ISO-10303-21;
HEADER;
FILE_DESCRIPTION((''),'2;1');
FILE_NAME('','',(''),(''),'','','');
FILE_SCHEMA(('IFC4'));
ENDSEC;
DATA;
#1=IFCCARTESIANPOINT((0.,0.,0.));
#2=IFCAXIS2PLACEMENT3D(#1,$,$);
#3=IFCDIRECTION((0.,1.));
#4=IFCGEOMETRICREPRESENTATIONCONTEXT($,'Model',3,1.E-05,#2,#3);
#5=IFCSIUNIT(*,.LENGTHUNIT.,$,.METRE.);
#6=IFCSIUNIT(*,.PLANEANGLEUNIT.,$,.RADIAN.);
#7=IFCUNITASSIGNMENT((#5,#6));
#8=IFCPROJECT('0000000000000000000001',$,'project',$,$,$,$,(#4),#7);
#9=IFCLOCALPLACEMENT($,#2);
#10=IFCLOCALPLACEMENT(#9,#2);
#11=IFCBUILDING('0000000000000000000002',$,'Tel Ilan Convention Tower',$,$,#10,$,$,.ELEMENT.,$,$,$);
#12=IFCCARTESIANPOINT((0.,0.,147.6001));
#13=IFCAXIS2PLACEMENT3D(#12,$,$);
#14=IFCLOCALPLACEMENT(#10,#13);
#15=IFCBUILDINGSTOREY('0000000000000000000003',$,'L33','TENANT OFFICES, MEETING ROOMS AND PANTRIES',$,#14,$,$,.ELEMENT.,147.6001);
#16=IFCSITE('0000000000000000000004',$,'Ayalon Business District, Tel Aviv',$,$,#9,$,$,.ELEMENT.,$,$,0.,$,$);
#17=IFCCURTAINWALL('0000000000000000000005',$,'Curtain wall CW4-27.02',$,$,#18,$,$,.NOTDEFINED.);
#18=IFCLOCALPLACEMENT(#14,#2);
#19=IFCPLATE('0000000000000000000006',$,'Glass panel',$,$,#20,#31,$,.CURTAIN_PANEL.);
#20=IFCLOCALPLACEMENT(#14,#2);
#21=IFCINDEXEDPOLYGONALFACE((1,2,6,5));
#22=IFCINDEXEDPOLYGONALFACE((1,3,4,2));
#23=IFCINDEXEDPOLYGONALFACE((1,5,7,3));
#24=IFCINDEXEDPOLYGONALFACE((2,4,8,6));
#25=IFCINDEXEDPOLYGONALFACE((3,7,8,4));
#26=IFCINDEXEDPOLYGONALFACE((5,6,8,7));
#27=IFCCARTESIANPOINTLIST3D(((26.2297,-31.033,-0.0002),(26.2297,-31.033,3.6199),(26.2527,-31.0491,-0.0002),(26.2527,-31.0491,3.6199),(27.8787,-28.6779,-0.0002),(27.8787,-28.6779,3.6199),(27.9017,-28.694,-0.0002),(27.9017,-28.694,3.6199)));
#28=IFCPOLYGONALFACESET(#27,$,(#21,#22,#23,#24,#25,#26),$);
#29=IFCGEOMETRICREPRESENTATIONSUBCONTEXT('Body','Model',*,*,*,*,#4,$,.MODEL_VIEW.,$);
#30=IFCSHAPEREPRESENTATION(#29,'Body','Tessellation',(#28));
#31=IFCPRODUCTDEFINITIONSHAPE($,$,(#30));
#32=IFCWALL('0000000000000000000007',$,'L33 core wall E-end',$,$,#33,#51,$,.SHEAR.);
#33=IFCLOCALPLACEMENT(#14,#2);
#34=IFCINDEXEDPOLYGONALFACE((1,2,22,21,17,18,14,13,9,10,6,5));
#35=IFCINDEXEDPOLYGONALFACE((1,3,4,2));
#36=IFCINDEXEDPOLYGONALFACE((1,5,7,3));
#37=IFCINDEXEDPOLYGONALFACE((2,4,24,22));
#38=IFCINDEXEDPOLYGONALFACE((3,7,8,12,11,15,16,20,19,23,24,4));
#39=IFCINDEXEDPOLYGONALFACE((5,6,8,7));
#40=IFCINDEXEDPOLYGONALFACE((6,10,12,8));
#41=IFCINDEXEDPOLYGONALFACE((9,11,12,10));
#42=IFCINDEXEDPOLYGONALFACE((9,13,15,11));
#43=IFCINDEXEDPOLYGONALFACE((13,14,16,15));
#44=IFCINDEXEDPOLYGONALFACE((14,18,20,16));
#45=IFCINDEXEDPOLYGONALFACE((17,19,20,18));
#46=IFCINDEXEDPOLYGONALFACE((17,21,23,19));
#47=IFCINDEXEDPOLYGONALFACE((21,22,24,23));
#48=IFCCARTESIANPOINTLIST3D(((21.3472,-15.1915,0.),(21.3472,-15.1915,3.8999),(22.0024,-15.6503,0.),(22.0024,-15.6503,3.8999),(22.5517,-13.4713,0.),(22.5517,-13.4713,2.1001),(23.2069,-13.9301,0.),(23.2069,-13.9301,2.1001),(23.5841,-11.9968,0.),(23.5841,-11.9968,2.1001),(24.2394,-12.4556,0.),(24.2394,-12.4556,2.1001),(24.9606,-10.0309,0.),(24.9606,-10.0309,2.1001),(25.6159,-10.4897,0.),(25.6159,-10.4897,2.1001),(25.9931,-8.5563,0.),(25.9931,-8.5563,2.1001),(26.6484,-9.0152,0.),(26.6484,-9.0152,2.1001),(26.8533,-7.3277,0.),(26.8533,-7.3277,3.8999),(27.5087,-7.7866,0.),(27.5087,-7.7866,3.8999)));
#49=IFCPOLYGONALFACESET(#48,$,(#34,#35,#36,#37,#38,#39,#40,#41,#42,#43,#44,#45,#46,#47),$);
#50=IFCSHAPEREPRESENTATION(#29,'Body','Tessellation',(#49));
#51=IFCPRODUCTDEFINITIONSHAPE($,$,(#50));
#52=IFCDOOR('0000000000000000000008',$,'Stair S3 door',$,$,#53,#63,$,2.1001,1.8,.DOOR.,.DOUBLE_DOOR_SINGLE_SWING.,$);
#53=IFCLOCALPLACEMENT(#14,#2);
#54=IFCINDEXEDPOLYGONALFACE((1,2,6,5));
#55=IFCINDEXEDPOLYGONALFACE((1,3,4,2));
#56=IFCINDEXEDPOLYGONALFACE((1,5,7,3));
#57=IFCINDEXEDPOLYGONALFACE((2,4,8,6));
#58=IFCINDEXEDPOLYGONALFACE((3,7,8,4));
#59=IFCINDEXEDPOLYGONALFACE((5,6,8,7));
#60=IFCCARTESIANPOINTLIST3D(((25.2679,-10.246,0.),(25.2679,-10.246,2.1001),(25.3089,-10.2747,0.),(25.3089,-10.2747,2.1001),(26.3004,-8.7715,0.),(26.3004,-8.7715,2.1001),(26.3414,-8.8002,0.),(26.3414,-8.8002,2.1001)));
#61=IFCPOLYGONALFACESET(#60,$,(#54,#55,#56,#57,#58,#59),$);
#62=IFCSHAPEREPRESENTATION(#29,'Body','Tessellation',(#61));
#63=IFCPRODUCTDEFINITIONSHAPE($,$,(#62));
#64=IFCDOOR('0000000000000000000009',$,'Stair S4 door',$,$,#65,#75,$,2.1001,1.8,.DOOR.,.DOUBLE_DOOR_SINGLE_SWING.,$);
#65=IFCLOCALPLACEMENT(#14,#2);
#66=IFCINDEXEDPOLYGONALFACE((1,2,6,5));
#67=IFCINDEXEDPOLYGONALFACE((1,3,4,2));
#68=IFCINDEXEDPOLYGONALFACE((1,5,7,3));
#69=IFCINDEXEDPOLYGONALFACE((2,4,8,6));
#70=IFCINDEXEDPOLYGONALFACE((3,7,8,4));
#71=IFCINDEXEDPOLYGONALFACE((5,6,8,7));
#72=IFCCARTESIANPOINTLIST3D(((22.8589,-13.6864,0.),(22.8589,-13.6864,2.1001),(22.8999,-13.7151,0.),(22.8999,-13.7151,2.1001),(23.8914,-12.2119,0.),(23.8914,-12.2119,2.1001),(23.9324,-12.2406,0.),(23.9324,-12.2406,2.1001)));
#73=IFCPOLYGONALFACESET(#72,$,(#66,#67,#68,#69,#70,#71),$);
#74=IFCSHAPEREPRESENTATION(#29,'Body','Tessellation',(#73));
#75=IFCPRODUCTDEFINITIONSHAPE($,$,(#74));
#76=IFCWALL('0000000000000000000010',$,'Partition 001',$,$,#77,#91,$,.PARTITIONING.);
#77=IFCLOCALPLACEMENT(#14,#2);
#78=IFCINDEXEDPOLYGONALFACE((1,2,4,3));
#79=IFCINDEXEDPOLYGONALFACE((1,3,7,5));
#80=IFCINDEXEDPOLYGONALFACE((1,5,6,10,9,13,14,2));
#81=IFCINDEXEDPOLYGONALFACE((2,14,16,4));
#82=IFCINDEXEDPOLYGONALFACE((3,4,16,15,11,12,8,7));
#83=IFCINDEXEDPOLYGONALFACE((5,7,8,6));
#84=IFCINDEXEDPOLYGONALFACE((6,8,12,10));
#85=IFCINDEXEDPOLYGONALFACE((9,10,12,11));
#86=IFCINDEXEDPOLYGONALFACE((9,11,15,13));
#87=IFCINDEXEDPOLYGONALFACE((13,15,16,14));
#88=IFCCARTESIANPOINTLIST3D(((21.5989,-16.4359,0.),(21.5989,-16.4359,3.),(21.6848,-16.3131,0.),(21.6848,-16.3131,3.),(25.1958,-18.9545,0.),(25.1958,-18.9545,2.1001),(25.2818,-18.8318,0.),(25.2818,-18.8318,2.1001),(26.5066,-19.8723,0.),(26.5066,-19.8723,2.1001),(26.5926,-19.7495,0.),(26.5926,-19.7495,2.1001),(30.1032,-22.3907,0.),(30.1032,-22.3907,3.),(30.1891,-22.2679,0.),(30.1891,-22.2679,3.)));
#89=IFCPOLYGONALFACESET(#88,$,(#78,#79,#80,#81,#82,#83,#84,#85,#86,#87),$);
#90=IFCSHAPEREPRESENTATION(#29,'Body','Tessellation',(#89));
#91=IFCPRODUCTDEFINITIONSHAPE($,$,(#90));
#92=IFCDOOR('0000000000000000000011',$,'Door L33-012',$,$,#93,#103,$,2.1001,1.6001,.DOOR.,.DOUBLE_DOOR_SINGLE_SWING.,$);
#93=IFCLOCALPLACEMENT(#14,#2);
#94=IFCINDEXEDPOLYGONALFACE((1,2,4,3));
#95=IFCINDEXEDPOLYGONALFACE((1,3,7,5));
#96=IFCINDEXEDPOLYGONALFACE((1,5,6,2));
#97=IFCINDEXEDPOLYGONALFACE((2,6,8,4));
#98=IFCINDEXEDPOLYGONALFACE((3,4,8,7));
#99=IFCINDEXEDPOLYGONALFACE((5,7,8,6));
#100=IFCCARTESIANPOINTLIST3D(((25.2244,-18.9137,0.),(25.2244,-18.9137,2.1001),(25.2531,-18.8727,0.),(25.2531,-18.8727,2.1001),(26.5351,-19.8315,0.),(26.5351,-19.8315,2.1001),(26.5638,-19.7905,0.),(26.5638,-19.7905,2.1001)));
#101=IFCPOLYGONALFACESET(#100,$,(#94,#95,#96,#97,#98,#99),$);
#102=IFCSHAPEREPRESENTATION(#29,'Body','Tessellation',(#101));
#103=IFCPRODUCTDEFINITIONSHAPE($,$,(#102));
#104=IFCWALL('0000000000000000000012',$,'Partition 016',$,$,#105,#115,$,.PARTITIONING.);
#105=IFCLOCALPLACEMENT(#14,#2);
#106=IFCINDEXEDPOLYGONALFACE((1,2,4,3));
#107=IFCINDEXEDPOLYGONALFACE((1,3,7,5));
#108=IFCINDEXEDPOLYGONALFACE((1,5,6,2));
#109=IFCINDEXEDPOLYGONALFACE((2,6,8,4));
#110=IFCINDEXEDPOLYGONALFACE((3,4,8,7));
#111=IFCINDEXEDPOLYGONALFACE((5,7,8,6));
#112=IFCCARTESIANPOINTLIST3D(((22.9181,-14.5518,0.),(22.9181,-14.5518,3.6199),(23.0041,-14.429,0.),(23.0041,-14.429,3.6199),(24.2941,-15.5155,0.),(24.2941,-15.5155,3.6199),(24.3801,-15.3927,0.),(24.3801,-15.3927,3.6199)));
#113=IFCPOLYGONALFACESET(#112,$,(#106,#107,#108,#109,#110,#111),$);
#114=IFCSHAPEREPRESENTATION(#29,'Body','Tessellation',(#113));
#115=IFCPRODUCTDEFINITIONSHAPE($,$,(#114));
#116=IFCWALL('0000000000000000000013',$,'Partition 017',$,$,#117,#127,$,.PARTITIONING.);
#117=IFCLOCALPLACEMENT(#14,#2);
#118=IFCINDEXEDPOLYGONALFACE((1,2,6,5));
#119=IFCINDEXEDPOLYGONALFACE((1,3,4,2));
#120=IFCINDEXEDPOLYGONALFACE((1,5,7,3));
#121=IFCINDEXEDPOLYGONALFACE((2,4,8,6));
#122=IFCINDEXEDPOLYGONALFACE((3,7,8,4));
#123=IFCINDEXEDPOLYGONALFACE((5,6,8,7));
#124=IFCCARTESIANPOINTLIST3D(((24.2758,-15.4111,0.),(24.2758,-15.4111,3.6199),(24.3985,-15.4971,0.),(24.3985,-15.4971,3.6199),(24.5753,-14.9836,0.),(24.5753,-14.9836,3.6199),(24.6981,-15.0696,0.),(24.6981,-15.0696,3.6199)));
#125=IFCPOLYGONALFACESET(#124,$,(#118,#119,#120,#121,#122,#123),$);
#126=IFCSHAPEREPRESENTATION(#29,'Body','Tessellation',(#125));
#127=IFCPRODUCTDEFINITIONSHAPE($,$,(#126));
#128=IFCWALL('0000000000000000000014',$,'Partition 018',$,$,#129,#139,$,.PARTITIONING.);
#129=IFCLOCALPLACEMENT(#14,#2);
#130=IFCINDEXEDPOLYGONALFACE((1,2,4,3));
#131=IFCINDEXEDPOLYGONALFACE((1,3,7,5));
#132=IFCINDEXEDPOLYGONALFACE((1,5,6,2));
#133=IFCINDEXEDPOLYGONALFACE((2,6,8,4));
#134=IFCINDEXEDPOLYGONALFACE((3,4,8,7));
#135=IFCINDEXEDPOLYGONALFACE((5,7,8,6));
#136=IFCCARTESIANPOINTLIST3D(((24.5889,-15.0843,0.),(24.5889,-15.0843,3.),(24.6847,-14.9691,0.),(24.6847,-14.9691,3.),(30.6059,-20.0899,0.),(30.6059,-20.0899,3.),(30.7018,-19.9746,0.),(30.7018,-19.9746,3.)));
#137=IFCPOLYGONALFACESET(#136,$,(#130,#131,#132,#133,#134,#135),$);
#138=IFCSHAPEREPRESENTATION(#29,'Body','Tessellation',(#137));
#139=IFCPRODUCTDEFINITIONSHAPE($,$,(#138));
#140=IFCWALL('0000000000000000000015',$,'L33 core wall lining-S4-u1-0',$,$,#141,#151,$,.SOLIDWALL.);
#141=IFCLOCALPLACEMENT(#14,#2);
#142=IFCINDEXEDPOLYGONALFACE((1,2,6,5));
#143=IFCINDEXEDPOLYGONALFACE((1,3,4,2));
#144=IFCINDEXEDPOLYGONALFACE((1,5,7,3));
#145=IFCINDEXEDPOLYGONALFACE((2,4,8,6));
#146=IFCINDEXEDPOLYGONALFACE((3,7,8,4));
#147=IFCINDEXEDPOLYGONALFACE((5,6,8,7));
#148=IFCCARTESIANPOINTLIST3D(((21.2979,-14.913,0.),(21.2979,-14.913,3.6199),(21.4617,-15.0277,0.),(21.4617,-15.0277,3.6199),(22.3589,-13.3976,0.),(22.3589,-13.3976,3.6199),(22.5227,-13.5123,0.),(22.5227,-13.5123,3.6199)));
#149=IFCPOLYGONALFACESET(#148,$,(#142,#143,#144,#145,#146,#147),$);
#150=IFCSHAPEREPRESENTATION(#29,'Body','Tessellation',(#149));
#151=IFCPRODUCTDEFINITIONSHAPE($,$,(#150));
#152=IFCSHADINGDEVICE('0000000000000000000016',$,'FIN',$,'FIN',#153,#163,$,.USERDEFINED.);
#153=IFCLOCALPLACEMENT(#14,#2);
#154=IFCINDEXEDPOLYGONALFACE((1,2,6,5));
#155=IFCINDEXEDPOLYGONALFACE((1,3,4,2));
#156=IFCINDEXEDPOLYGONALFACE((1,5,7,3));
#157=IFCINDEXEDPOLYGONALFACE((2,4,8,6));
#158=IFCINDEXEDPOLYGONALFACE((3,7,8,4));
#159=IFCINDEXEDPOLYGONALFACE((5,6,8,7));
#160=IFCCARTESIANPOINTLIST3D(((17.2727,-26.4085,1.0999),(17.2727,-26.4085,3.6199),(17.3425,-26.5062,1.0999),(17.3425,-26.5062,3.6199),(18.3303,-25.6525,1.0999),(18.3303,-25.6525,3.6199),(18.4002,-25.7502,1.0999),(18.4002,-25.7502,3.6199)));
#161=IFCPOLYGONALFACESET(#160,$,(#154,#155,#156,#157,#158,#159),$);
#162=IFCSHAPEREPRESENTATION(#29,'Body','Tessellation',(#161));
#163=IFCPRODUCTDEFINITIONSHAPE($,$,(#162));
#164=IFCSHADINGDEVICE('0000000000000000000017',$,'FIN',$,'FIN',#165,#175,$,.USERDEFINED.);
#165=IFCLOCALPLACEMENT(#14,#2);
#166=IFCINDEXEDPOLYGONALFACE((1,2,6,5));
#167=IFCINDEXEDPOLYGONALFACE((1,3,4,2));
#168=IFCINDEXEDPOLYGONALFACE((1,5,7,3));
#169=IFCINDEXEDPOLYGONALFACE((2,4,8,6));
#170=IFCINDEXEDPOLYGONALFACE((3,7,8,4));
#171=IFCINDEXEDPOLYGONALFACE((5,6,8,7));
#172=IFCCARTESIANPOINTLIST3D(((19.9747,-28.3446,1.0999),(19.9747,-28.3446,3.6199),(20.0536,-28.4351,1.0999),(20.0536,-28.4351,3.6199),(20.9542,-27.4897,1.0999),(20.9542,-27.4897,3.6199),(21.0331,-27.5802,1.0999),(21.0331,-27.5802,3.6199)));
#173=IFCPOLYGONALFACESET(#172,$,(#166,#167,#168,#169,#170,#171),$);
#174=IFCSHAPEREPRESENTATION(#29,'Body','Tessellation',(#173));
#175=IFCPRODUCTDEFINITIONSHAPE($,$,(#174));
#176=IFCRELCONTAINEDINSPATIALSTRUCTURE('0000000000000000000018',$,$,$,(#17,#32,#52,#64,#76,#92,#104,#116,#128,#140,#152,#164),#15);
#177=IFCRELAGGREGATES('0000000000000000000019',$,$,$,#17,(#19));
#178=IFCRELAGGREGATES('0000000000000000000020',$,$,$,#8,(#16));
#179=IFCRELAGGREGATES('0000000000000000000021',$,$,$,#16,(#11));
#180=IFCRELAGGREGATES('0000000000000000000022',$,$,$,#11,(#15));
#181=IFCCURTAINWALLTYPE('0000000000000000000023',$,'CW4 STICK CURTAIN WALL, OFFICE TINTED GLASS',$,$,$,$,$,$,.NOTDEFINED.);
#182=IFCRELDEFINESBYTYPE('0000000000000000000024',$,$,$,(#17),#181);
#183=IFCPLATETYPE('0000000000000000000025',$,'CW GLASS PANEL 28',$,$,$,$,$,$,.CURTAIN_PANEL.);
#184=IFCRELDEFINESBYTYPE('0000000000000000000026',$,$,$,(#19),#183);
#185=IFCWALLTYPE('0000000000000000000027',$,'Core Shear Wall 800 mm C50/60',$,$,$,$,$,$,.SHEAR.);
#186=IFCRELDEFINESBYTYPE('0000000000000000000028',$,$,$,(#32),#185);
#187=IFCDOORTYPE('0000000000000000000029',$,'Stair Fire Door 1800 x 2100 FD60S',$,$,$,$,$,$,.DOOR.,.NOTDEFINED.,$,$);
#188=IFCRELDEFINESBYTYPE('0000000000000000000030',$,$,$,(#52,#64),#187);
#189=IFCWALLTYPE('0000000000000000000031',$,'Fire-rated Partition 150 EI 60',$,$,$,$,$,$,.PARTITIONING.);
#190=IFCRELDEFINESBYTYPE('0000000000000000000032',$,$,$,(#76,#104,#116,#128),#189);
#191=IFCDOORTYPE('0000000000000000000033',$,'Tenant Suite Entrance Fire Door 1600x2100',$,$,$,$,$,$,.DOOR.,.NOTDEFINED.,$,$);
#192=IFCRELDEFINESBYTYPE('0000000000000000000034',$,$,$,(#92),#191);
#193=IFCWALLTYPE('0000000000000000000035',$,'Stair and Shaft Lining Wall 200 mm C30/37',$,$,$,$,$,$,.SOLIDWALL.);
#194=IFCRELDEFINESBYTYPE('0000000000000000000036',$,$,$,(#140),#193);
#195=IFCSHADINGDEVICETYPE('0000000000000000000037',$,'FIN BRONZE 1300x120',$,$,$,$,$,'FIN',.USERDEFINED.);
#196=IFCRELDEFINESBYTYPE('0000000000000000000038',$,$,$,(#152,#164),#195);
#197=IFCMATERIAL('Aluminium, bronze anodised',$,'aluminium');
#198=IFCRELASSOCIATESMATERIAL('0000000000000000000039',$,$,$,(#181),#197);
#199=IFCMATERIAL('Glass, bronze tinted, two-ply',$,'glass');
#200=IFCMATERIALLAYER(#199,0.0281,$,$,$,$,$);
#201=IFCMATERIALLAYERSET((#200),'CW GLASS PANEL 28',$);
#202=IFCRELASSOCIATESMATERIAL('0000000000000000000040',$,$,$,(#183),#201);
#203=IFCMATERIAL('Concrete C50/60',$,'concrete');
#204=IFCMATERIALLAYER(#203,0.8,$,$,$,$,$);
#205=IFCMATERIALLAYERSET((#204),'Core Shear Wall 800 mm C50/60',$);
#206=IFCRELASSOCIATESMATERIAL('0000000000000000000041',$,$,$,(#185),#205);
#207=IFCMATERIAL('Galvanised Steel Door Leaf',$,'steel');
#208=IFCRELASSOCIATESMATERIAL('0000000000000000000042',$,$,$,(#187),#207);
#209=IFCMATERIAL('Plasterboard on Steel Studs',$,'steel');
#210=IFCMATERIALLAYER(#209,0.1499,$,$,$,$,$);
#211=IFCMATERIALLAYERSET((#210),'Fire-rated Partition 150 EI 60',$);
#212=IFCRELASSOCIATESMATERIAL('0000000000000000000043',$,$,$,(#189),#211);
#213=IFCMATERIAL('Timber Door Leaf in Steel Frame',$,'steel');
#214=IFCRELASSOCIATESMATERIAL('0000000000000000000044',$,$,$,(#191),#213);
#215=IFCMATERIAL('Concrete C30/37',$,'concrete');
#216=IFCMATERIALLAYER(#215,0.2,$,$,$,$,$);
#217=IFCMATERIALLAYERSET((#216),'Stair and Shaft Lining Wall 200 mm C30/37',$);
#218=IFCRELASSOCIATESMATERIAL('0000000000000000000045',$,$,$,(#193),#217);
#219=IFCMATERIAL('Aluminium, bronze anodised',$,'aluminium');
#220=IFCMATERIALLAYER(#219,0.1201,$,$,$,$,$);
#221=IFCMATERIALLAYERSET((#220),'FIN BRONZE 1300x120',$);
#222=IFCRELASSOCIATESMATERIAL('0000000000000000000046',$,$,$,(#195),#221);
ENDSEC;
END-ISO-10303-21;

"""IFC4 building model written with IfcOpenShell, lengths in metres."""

from ifc_helpers import new_model, si_unit, direction, frame, frame_2d, origin, origin_2d, place, context, subcontext, project, spatial, polyline, rectangle, outline, extrude, material, layer, layer_set, type_object, element, fill, aggregate, save


model = new_model("IFC4")

# Units and contexts
model_context = context("Model", 3, precision=1e-05, world=origin(), true_north=direction((0.0, 1.0)))
body_context = subcontext(model_context, "Body", "Model", "MODEL_VIEW")
ifc_project = project(units=[si_unit("LENGTHUNIT", "METRE"), si_unit("PLANEANGLEUNIT", "RADIAN")], contexts=[model_context])

# Site, building, storey
site_placement = place(None, origin())
site = spatial("IfcSite", under=ifc_project, at=site_placement, Name="Ayalon Business District, Tel Aviv", CompositionType="ELEMENT", RefElevation=0.0)
building_placement = place(site_placement, origin())
building = spatial("IfcBuilding", under=site, at=building_placement, Name="Tel Ilan Convention Tower", CompositionType="ELEMENT")
storey_placement = place(building_placement, frame((0.0, 0.0, 147.6001)))
storey = spatial("IfcBuildingStorey", under=building, at=storey_placement, Name="L33", Description="TENANT OFFICES, MEETING ROOMS AND PANTRIES", CompositionType="ELEMENT", Elevation=147.6001)

# Curtain wall, plate
ifc_material_1 = material(Name="Aluminium, bronze anodised", Category="aluminium")
curtain_wall_type = type_object("IfcCurtainWallType", Name="CW4 STICK CURTAIN WALL, OFFICE TINTED GLASS", PredefinedType="NOTDEFINED", material=ifc_material_1)
curtain_wall_placement = place(storey_placement, origin())
curtain_wall = element("IfcCurtainWall", 1, at=curtain_wall_placement, inside=storey, type_object=curtain_wall_type, Name="Curtain wall CW4-27.02", PredefinedType="NOTDEFINED")
ifc_material_2 = material(Name="Glass, bronze tinted, two-ply", Category="glass")
ifc_layer_1 = layer(ifc_material_2, 0.0281)
ifc_layer_set_1 = layer_set([ifc_layer_1], Name="CW GLASS PANEL 28")
plate_type = type_object("IfcPlateType", Name="CW GLASS PANEL 28", PredefinedType="CURTAIN_PANEL", material=ifc_layer_set_1)
plate_1_placement = place(storey_placement, frame((27.0657, -29.8635, -0.0002), z_axis=(0.0, 0.0, 1.0), x_axis=(0.573576, 0.819152, 0.0)))
plate_1 = element("IfcPlate", 2, at=plate_1_placement, type_object=plate_type, Name="Glass panel", PredefinedType="CURTAIN_PANEL", context=body_context, shape_type="SweptSolid", body=[
    extrude(rectangle(XDim=2.875, YDim=0.0281, at=origin_2d()), origin(), (0.0, 0.0, 1.0), 3.6201),
])
aggregate(curtain_wall, [plate_1])

# Wall, openings, doors
ifc_material_3 = material(Name="Concrete C50/60", Category="concrete")
ifc_layer_2 = layer(ifc_material_3, 0.8)
ifc_layer_set_2 = layer_set([ifc_layer_2], Name="Core Shear Wall 800 mm C50/60")
wall_type_1 = type_object("IfcWallType", Name="Core Shear Wall 800 mm C50/60", PredefinedType="SHEAR", material=ifc_layer_set_2)
wall_1_placement = place(storey_placement, frame((21.6748, -15.4209, 0.0), z_axis=(0.0, 0.0, 1.0), x_axis=(0.573582, 0.819148, 0.0)))
wall_1 = element("IfcWall", 3, at=wall_1_placement, inside=storey, type_object=wall_type_1, Name="L33 core wall E-end", PredefinedType="SHEAR", context=body_context, shape_type="SweptSolid", body=[
    extrude(outline(polyline([(9.5999, 0.4001), (0.0, 0.3999), (0.0, -0.3999), (9.5999, -0.3999), (9.5999, 0.4001)])), origin(), (0.0, 0.0, 1.0), 3.8999),
])
opening_1_placement = place(wall_1_placement, frame((6.3, 0.0, 0.0)))
opening_1 = element("IfcOpeningElement", 4, at=opening_1_placement, cuts=wall_1, PredefinedType="OPENING", context=body_context, shape_type="SweptSolid", body=[
    extrude(rectangle(XDim=1.8, YDim=2.1001, at=frame_2d((0.8999, 1.05))), frame((0.0, 0.4099, 0.0), z_axis=(0.0, -1.0, 0.0), x_axis=(1.0, 0.0, 0.0)), (0.0, 0.0, 1.0), 0.8201),
])
opening_2_placement = place(wall_1_placement, frame((2.1001, 0.0, 0.0)))
opening_2 = element("IfcOpeningElement", 5, at=opening_2_placement, cuts=wall_1, PredefinedType="OPENING", context=body_context, shape_type="SweptSolid", body=[
    extrude(rectangle(XDim=1.8, YDim=2.1001, at=frame_2d((0.8999, 1.05))), frame((0.0, 0.4099, 0.0), z_axis=(0.0, -1.0, 0.0), x_axis=(1.0, 0.0, 0.0)), (0.0, 0.0, 1.0), 0.8201),
])
ifc_material_4 = material(Name="Galvanised Steel Door Leaf", Category="steel")
door_type_1 = type_object("IfcDoorType", Name="Stair Fire Door 1800 x 2100 FD60S", OperationType="NOTDEFINED", PredefinedType="DOOR", material=ifc_material_4)
door_1_placement = place(opening_1_placement, origin())
door_1 = element("IfcDoor", 6, at=door_1_placement, inside=storey, type_object=door_type_1, Name="Stair S3 door", OperationType="DOUBLE_DOOR_SINGLE_SWING", OverallHeight=2.1001, OverallWidth=1.8, PredefinedType="DOOR", context=body_context, shape_type="SweptSolid", body=[
    extrude(rectangle(XDim=1.8, YDim=2.1001, at=frame_2d((0.8999, 1.05))), frame((0.0, 0.0249, 0.0), z_axis=(0.0, -1.0, 0.0), x_axis=(1.0, 0.0, 0.0)), (0.0, 0.0, 1.0), 0.05),
])
fill(opening_1, door_1)
door_2_placement = place(opening_2_placement, origin())
door_2 = element("IfcDoor", 7, at=door_2_placement, inside=storey, type_object=door_type_1, Name="Stair S4 door", OperationType="DOUBLE_DOOR_SINGLE_SWING", OverallHeight=2.1001, OverallWidth=1.8, PredefinedType="DOOR", context=body_context, shape_type="SweptSolid", body=[
    extrude(rectangle(XDim=1.8, YDim=2.1001, at=frame_2d((0.8999, 1.05))), frame((0.0, 0.0249, 0.0), z_axis=(0.0, -1.0, 0.0), x_axis=(1.0, 0.0, 0.0)), (0.0, 0.0, 1.0), 0.05),
])
fill(opening_2, door_2)

# Wall, opening, door
ifc_material_5 = material(Name="Plasterboard on Steel Studs", Category="steel")
ifc_layer_3 = layer(ifc_material_5, 0.1499)
ifc_layer_set_3 = layer_set([ifc_layer_3], Name="Fire-rated Partition 150 EI 60")
wall_type_2 = type_object("IfcWallType", Name="Fire-rated Partition 150 EI 60", PredefinedType="PARTITIONING", material=ifc_layer_set_3)
wall_2_placement = place(storey_placement, frame((21.6418, -16.3745, 0.0), z_axis=(0.0, 0.0, 1.0), x_axis=(0.819152, -0.573576, 0.0)))
wall_2 = element("IfcWall", 8, at=wall_2_placement, inside=storey, type_object=wall_type_2, Name="Partition 001", PredefinedType="PARTITIONING", context=body_context, shape_type="SweptSolid", body=[
    extrude(rectangle(XDim=10.3818, YDim=0.1499, at=frame_2d((5.1909, 0.0))), origin(), (0.0, 0.0, 1.0), 3.0),
])
opening_3_placement = place(wall_2_placement, frame((4.3911, 0.0, 0.0)))
opening_3 = element("IfcOpeningElement", 9, at=opening_3_placement, cuts=wall_2, PredefinedType="OPENING", context=body_context, shape_type="SweptSolid", body=[
    extrude(rectangle(XDim=1.6001, YDim=2.1001, at=frame_2d((0.8, 1.05))), frame((0.0, 0.085, 0.0), z_axis=(0.0, -1.0, 0.0), x_axis=(1.0, 0.0, 0.0)), (0.0, 0.0, 1.0), 0.1699),
])
ifc_material_6 = material(Name="Timber Door Leaf in Steel Frame", Category="steel")
door_type_2 = type_object("IfcDoorType", Name="Tenant Suite Entrance Fire Door 1600x2100", OperationType="NOTDEFINED", PredefinedType="DOOR", material=ifc_material_6)
door_3_placement = place(opening_3_placement, origin())
door_3 = element("IfcDoor", 10, at=door_3_placement, inside=storey, type_object=door_type_2, Name="Door L33-012", OperationType="DOUBLE_DOOR_SINGLE_SWING", OverallHeight=2.1001, OverallWidth=1.6001, PredefinedType="DOOR", context=body_context, shape_type="SweptSolid", body=[
    extrude(rectangle(XDim=1.6001, YDim=2.1001, at=frame_2d((0.8, 1.05))), frame((0.0, 0.0249, 0.0), z_axis=(0.0, -1.0, 0.0), x_axis=(1.0, 0.0, 0.0)), (0.0, 0.0, 1.0), 0.05),
])
fill(opening_3, door_3)

# Walls
wall_3_placement = place(storey_placement, frame((22.9612, -14.4905, 0.0), z_axis=(0.0, 0.0, 1.0), x_axis=(0.819109, -0.573638, 0.0)))
element("IfcWall", 11, at=wall_3_placement, inside=storey, type_object=wall_type_2, Name="Partition 016", PredefinedType="PARTITIONING", context=body_context, shape_type="SweptSolid", body=[
    extrude(rectangle(XDim=1.6799, YDim=0.1499, at=frame_2d((0.8398, 0.0))), origin(), (0.0, 0.0, 1.0), 3.6199),
])
wall_4_placement = place(storey_placement, frame((24.3372, -15.4541, 0.0), z_axis=(0.0, 0.0, 1.0), x_axis=(0.57387, 0.818946, 0.0)))
element("IfcWall", 12, at=wall_4_placement, inside=storey, type_object=wall_type_2, Name="Partition 017", PredefinedType="PARTITIONING", context=body_context, shape_type="SweptSolid", body=[
    extrude(rectangle(XDim=0.522, YDim=0.1499, at=frame_2d((0.261, 0.0))), origin(), (0.0, 0.0, 1.0), 3.6199),
])
wall_5_placement = place(storey_placement, frame((24.6367, -15.0266, 0.0), z_axis=(0.0, 0.0, 1.0), x_axis=(0.768763, -0.639534, 0.0)))
element("IfcWall", 13, at=wall_5_placement, inside=storey, type_object=wall_type_2, Name="Partition 018", PredefinedType="PARTITIONING", context=body_context, shape_type="SweptSolid", body=[
    extrude(rectangle(XDim=7.8269, YDim=0.1499, at=frame_2d((3.9136, 0.0))), origin(), (0.0, 0.0, 1.0), 3.0),
])
ifc_material_7 = material(Name="Concrete C30/37", Category="concrete")
ifc_layer_4 = layer(ifc_material_7, 0.2)
ifc_layer_set_4 = layer_set([ifc_layer_4], Name="Stair and Shaft Lining Wall 200 mm C30/37")
wall_type_3 = type_object("IfcWallType", Name="Stair and Shaft Lining Wall 200 mm C30/37", PredefinedType="SOLIDWALL", material=ifc_layer_set_4)
wall_6_placement = place(storey_placement, frame((21.3799, -14.9702, 0.0), z_axis=(0.0, 0.0, 1.0), x_axis=(0.57356, 0.819164, 0.0)))
element("IfcWall", 14, at=wall_6_placement, inside=storey, type_object=wall_type_3, Name="L33 core wall lining-S4-u1-0", PredefinedType="SOLIDWALL", context=body_context, shape_type="SweptSolid", body=[
    extrude(rectangle(XDim=1.8499, YDim=0.2, at=frame_2d((0.9248, 0.0))), origin(), (0.0, 0.0, 1.0), 3.6199),
])

# Shading devices
ifc_material_8 = material(Name="Aluminium, bronze anodised", Category="aluminium")
ifc_layer_5 = layer(ifc_material_8, 0.1201)
ifc_layer_set_5 = layer_set([ifc_layer_5], Name="FIN BRONZE 1300x120")
shading_device_type = type_object("IfcShadingDeviceType", Name="FIN BRONZE 1300x120", ElementType="FIN", PredefinedType="USERDEFINED", material=ifc_layer_set_5)
for number, where, z_axis, x_axis, name in (
    (15, (17.8364, -26.0793, 1.0999), (0.0, 0.0, 1.0), (-0.813552, -0.581492, 0.0), "FIN"),
    (16, (20.5039, -27.9624, 1.0999), (0.0, 0.0, 1.0), (-0.753436, -0.657521, 0.0), "FIN"),
):
    element("IfcShadingDevice", number, at=place(storey_placement, frame(where, z_axis=z_axis, x_axis=x_axis)), inside=storey, type_object=shading_device_type, Name=name, ObjectType="FIN", PredefinedType="USERDEFINED", context=body_context, shape_type="SweptSolid", body=[
        extrude(rectangle(XDim=1.3, YDim=0.1201, at=origin_2d()), origin(), (0.0, 0.0, 1.0), 2.52),
    ])

save(model, "model.ifc")
